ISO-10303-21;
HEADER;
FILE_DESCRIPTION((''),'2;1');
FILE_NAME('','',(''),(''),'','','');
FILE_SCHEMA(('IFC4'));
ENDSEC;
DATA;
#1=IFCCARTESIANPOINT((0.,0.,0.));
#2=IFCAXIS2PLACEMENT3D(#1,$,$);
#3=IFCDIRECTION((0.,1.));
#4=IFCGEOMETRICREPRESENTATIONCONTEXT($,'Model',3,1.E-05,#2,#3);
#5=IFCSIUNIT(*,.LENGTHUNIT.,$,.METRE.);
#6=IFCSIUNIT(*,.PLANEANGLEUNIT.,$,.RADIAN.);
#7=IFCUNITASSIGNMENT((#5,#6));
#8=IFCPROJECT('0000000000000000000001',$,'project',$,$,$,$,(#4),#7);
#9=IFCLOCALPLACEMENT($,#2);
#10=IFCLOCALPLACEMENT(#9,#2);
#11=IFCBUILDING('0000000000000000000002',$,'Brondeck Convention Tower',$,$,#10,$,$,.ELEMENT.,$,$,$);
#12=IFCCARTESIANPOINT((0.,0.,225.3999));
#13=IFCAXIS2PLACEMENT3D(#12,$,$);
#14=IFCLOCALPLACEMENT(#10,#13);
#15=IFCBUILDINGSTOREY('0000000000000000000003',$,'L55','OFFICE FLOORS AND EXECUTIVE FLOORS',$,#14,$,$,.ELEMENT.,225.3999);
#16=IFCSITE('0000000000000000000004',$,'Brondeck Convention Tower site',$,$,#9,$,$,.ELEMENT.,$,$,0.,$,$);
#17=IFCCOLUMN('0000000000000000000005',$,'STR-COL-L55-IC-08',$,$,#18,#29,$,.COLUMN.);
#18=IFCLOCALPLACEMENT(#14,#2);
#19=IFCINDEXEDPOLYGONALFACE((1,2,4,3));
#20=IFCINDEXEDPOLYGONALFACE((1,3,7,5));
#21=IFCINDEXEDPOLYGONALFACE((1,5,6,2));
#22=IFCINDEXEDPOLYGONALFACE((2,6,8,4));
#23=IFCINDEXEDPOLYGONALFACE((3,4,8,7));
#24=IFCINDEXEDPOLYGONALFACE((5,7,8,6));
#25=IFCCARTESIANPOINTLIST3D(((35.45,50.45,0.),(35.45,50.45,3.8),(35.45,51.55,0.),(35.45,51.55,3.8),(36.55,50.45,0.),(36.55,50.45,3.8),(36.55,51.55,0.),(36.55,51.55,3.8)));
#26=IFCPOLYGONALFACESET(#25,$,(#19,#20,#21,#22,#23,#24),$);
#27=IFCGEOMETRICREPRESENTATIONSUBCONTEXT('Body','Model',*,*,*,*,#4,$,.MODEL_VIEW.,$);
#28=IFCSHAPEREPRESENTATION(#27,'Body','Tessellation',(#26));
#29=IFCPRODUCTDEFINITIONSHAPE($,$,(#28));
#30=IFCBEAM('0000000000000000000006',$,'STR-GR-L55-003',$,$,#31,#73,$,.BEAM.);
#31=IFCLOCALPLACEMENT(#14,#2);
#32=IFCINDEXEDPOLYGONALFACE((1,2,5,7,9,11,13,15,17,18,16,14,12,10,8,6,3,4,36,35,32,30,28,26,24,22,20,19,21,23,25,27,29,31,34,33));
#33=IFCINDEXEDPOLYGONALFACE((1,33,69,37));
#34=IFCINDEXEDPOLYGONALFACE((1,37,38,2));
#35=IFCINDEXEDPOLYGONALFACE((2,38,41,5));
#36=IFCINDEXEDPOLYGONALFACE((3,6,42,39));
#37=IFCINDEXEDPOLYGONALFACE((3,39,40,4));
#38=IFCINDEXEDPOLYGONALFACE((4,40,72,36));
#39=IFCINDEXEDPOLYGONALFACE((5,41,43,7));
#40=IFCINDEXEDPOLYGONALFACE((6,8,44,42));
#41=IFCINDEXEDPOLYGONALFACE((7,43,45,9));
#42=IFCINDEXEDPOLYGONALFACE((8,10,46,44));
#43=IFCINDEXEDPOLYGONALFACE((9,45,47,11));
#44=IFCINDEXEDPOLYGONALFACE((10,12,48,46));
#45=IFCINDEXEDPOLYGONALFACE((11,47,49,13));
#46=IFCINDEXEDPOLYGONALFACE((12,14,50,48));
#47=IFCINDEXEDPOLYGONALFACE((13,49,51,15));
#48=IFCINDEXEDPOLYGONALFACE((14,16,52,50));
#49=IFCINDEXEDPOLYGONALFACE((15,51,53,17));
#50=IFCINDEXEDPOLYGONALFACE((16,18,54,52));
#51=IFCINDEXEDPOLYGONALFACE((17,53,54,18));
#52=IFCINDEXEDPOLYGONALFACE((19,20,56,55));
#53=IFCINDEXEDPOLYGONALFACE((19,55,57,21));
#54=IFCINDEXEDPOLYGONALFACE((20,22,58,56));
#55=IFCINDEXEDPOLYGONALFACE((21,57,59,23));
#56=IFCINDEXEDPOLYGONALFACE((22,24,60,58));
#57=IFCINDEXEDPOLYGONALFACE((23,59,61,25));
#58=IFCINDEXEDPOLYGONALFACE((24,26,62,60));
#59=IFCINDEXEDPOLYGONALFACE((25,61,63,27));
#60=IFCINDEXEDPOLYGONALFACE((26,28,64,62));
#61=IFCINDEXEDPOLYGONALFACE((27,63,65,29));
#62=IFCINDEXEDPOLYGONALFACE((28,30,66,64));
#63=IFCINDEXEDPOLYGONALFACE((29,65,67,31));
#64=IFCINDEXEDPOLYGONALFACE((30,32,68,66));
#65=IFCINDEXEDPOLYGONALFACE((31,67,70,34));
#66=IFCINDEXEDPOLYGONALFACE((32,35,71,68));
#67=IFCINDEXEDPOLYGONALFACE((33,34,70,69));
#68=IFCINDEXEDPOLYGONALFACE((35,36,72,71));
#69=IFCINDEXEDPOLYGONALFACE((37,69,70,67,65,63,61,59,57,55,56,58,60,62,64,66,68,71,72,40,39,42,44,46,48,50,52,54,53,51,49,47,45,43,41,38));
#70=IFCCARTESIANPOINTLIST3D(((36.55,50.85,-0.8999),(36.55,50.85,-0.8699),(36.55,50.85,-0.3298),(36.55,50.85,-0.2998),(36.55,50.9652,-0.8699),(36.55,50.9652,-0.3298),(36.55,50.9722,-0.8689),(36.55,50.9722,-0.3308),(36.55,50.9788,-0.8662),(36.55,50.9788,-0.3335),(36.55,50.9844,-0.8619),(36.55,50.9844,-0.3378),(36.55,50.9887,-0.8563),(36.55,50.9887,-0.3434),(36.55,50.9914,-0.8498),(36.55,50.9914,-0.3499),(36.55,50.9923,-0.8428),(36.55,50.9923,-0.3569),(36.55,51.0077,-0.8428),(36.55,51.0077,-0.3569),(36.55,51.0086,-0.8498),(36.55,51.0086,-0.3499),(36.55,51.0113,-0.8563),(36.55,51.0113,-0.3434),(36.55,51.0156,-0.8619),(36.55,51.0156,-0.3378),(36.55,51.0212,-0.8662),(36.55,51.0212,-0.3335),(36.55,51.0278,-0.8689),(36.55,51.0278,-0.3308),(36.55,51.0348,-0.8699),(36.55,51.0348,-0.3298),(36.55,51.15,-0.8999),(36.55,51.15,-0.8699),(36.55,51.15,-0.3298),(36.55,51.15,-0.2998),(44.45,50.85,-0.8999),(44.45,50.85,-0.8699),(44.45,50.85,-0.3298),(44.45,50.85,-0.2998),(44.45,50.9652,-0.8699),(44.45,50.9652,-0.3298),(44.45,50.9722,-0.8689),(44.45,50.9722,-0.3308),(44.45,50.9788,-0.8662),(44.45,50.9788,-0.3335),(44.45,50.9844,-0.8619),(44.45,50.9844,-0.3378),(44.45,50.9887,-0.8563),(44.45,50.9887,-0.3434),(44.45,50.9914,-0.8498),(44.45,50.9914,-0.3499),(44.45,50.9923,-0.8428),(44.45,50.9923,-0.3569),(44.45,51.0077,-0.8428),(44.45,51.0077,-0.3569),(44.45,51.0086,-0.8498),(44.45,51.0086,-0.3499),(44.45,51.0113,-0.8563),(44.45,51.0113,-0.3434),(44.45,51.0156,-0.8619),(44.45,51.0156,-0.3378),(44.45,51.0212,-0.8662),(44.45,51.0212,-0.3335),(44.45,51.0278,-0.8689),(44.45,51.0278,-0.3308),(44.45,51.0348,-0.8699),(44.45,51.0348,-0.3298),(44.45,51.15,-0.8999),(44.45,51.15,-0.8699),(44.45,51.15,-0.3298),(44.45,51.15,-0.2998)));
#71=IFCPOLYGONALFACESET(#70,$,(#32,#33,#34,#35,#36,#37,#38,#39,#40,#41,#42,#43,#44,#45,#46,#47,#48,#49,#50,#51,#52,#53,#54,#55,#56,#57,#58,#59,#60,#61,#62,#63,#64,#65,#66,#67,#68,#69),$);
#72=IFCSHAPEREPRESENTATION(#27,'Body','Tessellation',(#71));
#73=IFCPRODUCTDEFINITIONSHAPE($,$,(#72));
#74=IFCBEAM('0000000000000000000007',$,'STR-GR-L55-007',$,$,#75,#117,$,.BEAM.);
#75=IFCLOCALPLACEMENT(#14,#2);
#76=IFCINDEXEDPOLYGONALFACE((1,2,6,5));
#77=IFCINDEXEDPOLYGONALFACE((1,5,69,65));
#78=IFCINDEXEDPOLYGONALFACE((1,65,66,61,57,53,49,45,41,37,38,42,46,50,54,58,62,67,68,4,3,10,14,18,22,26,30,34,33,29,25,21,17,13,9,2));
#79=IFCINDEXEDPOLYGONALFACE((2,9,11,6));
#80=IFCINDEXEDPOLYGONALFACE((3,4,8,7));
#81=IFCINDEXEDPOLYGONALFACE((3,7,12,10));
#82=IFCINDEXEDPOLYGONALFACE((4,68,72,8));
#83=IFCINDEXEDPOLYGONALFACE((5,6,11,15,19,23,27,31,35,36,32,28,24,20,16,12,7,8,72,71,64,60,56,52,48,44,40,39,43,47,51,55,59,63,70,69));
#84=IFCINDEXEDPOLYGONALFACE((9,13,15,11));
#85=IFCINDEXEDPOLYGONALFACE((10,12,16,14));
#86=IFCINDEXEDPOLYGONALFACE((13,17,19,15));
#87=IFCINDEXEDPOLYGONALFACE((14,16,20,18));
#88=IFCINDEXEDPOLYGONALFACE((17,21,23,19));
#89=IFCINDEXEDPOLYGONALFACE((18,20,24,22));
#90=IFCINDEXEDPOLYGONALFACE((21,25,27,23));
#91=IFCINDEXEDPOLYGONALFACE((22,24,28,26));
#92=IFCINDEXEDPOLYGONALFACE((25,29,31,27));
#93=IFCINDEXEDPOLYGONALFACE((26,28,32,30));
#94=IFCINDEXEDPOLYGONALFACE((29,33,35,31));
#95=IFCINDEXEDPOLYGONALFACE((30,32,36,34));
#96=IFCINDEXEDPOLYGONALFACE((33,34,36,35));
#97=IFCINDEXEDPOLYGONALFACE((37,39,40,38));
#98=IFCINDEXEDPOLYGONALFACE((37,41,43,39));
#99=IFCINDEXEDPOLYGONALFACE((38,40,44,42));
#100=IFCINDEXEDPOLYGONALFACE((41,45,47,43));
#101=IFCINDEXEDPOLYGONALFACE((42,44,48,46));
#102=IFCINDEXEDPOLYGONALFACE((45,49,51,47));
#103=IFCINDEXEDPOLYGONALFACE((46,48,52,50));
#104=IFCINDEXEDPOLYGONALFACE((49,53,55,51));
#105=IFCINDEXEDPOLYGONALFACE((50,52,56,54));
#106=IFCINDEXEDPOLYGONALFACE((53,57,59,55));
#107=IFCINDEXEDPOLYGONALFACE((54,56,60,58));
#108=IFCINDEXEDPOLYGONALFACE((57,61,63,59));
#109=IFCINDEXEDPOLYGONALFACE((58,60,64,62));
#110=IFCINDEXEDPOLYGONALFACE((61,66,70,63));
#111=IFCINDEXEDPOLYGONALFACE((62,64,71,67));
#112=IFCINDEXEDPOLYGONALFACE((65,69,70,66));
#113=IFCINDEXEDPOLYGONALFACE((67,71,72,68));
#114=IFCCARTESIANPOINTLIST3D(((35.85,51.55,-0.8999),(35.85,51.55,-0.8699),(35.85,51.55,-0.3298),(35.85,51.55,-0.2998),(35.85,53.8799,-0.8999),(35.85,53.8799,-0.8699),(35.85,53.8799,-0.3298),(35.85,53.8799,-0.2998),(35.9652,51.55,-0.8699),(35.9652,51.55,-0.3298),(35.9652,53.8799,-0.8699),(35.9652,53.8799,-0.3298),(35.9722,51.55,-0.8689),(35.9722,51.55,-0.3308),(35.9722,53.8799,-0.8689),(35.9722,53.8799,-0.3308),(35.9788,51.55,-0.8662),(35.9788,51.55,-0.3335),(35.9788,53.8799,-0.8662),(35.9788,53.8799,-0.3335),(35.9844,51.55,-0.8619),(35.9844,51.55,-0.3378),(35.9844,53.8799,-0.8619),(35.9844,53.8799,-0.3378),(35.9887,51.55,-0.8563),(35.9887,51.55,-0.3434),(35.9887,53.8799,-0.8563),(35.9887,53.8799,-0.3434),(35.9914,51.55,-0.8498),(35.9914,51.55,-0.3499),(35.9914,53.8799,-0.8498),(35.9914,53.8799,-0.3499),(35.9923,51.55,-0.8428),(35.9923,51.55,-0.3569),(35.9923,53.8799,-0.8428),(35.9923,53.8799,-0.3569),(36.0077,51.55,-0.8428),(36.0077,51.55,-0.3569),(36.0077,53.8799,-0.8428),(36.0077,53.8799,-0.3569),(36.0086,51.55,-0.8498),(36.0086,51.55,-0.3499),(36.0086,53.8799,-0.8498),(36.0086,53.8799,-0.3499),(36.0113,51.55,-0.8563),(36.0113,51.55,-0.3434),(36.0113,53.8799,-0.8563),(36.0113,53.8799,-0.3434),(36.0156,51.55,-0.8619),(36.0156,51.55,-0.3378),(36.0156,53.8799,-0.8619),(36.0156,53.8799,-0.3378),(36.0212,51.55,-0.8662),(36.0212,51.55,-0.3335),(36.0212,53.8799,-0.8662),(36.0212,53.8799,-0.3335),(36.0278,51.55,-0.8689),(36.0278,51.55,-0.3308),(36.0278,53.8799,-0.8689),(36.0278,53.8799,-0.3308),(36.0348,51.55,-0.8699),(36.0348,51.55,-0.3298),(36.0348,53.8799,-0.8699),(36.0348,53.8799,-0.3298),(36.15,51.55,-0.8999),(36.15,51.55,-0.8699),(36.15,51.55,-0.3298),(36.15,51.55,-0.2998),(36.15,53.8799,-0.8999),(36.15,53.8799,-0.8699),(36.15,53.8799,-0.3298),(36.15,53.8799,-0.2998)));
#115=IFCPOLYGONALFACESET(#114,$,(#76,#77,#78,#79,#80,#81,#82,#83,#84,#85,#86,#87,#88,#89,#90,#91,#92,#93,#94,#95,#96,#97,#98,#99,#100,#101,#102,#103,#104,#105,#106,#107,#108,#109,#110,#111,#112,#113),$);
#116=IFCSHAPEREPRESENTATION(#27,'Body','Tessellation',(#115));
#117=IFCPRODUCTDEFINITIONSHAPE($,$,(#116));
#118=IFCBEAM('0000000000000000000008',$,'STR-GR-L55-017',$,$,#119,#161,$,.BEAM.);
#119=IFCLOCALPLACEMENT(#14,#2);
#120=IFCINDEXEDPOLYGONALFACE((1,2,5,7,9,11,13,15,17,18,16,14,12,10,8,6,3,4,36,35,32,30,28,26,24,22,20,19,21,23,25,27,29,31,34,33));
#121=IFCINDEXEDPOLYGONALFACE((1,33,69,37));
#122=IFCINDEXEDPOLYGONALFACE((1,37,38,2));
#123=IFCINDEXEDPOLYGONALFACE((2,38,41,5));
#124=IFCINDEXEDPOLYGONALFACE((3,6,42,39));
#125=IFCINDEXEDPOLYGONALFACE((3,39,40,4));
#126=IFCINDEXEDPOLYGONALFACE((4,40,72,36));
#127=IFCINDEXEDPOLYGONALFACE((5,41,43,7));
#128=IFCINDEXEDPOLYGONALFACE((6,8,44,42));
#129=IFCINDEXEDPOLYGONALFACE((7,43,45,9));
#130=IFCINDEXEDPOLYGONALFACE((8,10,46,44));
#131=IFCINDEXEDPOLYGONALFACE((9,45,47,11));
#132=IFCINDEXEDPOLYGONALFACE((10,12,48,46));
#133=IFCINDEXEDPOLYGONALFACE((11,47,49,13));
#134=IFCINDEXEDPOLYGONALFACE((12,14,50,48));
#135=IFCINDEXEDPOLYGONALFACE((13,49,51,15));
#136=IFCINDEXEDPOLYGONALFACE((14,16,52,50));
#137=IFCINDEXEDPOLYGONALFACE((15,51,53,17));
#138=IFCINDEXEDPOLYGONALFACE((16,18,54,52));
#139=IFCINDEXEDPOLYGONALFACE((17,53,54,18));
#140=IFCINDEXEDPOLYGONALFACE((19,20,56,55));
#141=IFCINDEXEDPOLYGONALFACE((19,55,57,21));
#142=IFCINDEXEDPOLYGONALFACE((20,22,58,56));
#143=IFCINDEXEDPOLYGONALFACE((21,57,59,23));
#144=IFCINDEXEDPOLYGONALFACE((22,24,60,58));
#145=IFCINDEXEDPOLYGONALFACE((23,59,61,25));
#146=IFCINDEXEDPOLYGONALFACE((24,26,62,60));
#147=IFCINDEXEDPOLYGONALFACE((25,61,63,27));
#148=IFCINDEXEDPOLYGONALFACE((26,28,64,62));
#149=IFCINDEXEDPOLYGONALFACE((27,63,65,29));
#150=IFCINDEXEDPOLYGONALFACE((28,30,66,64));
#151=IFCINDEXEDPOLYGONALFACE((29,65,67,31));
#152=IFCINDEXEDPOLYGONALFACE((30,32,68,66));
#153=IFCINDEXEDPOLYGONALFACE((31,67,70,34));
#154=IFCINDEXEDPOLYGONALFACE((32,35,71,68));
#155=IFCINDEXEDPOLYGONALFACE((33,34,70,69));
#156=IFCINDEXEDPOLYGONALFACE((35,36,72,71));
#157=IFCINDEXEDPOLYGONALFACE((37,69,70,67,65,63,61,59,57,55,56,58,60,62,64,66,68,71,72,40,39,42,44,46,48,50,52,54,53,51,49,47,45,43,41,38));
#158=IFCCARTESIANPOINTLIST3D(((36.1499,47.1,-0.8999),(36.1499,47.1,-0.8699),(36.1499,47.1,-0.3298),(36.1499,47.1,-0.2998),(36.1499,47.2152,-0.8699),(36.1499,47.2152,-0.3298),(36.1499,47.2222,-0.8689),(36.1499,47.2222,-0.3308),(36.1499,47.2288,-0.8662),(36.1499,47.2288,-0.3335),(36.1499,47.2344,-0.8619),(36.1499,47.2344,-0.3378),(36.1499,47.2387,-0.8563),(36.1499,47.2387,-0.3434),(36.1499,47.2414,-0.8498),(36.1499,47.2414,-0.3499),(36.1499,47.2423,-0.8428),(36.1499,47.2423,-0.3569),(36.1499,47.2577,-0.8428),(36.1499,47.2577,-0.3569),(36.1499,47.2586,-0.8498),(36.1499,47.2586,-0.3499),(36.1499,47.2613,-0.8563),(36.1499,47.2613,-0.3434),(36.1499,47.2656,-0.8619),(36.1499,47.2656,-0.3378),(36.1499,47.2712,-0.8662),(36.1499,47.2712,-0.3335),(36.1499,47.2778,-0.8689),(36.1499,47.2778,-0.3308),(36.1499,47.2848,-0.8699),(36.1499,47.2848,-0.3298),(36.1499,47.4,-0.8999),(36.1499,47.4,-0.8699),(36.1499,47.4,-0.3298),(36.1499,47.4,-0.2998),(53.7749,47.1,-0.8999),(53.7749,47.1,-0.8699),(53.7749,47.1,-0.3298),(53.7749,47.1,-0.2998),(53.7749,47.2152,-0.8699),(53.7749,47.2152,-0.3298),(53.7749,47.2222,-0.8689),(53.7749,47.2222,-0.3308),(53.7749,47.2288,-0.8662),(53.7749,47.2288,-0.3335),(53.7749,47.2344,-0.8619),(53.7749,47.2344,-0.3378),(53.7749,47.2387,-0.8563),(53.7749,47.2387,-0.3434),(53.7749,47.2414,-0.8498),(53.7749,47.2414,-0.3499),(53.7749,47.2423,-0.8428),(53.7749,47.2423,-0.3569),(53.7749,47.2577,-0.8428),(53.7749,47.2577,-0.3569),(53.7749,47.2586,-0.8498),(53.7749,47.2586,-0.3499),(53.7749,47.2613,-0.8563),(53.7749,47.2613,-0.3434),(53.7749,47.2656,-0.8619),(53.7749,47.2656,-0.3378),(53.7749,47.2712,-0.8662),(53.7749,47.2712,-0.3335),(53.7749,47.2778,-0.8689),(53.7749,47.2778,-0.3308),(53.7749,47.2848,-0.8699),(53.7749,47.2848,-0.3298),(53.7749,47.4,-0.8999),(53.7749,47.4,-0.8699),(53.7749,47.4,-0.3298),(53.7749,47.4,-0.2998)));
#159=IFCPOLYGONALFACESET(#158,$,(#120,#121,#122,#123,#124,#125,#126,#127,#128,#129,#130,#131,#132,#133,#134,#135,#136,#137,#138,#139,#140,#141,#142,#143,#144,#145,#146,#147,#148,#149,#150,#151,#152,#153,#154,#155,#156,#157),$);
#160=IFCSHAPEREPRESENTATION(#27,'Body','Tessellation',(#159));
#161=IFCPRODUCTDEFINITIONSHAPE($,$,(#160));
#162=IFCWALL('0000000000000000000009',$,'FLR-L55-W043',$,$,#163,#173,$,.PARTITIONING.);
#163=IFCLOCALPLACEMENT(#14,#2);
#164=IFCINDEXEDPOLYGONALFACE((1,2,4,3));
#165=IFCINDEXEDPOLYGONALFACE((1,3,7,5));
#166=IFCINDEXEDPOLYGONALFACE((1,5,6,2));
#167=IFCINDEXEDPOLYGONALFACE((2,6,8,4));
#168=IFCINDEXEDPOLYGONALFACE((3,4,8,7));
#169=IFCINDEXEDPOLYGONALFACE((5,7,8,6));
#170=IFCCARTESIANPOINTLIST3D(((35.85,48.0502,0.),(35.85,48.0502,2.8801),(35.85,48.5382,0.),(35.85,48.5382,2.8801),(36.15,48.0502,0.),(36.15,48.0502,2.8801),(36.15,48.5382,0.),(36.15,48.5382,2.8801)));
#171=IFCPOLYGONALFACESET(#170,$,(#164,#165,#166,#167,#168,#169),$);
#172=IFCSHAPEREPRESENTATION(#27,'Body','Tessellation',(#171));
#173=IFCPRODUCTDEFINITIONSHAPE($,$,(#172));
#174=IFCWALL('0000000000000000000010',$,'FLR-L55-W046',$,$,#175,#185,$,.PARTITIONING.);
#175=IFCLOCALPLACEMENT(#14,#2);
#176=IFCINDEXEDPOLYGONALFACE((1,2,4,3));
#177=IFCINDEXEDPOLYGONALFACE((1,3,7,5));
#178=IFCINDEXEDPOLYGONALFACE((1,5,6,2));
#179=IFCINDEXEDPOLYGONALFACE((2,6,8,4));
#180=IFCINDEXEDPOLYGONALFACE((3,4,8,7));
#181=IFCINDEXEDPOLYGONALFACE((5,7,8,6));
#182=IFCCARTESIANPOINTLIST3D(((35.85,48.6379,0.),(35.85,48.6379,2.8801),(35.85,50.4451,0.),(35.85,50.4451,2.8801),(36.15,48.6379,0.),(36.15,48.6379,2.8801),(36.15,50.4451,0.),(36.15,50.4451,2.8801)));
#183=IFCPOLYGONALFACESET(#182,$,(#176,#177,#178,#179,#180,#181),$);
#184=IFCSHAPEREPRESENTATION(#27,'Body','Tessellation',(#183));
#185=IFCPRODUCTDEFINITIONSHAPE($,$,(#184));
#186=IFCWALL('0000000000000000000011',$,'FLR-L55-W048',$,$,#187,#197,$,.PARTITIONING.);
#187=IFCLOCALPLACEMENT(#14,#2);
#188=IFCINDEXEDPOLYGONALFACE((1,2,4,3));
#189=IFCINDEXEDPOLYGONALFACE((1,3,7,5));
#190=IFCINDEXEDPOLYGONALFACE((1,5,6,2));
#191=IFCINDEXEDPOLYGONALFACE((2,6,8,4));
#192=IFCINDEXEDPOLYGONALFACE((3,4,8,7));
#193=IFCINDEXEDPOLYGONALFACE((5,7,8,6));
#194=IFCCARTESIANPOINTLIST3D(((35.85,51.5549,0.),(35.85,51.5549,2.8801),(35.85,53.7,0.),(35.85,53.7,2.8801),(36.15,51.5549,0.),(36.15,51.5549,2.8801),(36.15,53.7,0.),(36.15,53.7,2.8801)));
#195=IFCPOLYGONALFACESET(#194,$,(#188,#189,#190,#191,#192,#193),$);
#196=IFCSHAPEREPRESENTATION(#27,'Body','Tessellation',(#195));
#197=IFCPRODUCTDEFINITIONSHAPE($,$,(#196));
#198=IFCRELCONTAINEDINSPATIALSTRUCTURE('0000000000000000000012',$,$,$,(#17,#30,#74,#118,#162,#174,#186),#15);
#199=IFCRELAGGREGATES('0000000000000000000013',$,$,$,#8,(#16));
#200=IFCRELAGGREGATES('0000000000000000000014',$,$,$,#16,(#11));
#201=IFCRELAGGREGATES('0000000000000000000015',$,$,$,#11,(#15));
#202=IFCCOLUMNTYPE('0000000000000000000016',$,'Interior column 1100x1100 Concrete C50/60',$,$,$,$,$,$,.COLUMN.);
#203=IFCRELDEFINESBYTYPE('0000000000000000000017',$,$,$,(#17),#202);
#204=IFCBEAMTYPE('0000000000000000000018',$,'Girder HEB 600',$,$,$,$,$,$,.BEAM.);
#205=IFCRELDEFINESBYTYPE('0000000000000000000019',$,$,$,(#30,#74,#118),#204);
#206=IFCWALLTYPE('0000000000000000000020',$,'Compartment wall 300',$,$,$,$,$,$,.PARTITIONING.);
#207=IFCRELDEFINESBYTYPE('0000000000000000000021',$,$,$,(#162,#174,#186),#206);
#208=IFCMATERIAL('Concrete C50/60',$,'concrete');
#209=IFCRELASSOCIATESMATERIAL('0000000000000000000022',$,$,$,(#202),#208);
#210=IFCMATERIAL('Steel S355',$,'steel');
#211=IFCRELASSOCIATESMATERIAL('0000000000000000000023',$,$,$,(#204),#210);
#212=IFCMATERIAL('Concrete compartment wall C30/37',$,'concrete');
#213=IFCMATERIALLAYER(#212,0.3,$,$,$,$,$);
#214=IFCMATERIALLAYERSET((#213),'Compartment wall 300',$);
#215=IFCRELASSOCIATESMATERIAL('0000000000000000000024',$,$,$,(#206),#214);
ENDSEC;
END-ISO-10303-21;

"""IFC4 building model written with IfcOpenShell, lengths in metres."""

from ifc_helpers import new_model, si_unit, direction, frame, frame_2d, origin, origin_2d, place, context, subcontext, project, spatial, rectangle, i_section, extrude, material, layer, layer_set, material_profile, profile_set, type_object, element, save


model = new_model("IFC4")

# Units and contexts
model_context = context("Model", 3, precision=1e-05, world=origin(), true_north=direction((0.0, 1.0)))
body_context = subcontext(model_context, "Body", "Model", "MODEL_VIEW")
ifc_project = project(units=[si_unit("LENGTHUNIT", "METRE"), si_unit("PLANEANGLEUNIT", "RADIAN")], contexts=[model_context])

# Site, building, storey
site_placement = place(None, origin())
site = spatial("IfcSite", under=ifc_project, at=site_placement, Name="Brondeck Convention Tower site", CompositionType="ELEMENT", RefElevation=0.0)
building_placement = place(site_placement, origin())
building = spatial("IfcBuilding", under=site, at=building_placement, Name="Brondeck Convention Tower", CompositionType="ELEMENT")
storey_placement = place(building_placement, frame((0.0, 0.0, 225.3999)))
storey = spatial("IfcBuildingStorey", under=building, at=storey_placement, Name="L55", Description="OFFICE FLOORS AND EXECUTIVE FLOORS", CompositionType="ELEMENT", Elevation=225.3999)

# Column
ifc_material_1 = material(Name="Concrete C50/60", Category="concrete")
ifc_material_profile_1 = material_profile(ifc_material_1, rectangle(XDim=1.1001, YDim=1.1001, at=origin_2d()), Name="Interior column 1100x1100 Concrete C50/60")
ifc_profile_set_1 = profile_set([ifc_material_profile_1], Name="Concrete C50/60")
column_type = type_object("IfcColumnType", Name="Interior column 1100x1100 Concrete C50/60", PredefinedType="COLUMN", material=ifc_profile_set_1)
column_placement = place(storey_placement, frame((36.0, 51.0, 0.0), z_axis=(0.0, 0.0, 1.0), x_axis=(1.0, 0.0, 0.0)))
element("IfcColumn", 1, at=column_placement, inside=storey, type_object=column_type, Name="STR-COL-L55-IC-08", PredefinedType="COLUMN", context=body_context, shape_type="SweptSolid", body=[
    extrude(rectangle(XDim=1.1001, YDim=1.1001, at=origin_2d()), origin(), (0.0, 0.0, 1.0), 3.8),
])

# Beams
ifc_material_2 = material(Name="Steel S355", Category="steel")
ifc_material_profile_2 = material_profile(ifc_material_2, i_section(OverallWidth=0.3, OverallDepth=0.6001, WebThickness=0.0154, FlangeThickness=0.03, FilletRadius=0.0271, at=origin_2d()), Name="HEB 600")
ifc_profile_set_2 = profile_set([ifc_material_profile_2], Name="Steel S355")
beam_type = type_object("IfcBeamType", Name="Girder HEB 600", PredefinedType="BEAM", material=ifc_profile_set_2)
beam_1_placement = place(storey_placement, frame((36.55, 51.0, -0.5999), z_axis=(1.0, 0.0, 0.0), x_axis=(0.0, 1.0, 0.0)))
element("IfcBeam", 2, at=beam_1_placement, inside=storey, type_object=beam_type, Name="STR-GR-L55-003", PredefinedType="BEAM", context=body_context, shape_type="SweptSolid", body=[
    extrude(i_section(OverallWidth=0.3, OverallDepth=0.6001, WebThickness=0.0154, FlangeThickness=0.03, FilletRadius=0.0271, at=origin_2d()), origin(), (0.0, 0.0, 1.0), 7.8999),
])
beam_2_placement = place(storey_placement, frame((36.0, 51.55, -0.5999), z_axis=(0.0, 1.0, 0.0), x_axis=(-1.0, 0.0, 0.0)))
element("IfcBeam", 3, at=beam_2_placement, inside=storey, type_object=beam_type, Name="STR-GR-L55-007", PredefinedType="BEAM", context=body_context, shape_type="SweptSolid", body=[
    extrude(i_section(OverallWidth=0.3, OverallDepth=0.6001, WebThickness=0.0154, FlangeThickness=0.03, FilletRadius=0.0271, at=origin_2d()), origin(), (0.0, 0.0, 1.0), 2.3298),
])
beam_3_placement = place(storey_placement, frame((36.1499, 47.25, -0.5999), z_axis=(1.0, 0.0, 0.0), x_axis=(0.0, 1.0, 0.0)))
element("IfcBeam", 4, at=beam_3_placement, inside=storey, type_object=beam_type, Name="STR-GR-L55-017", PredefinedType="BEAM", context=body_context, shape_type="SweptSolid", body=[
    extrude(i_section(OverallWidth=0.3, OverallDepth=0.6001, WebThickness=0.0154, FlangeThickness=0.03, FilletRadius=0.0271, at=origin_2d()), origin(), (0.0, 0.0, 1.0), 17.625),
])

# Walls
ifc_material_3 = material(Name="Concrete compartment wall C30/37", Category="concrete")
ifc_layer_1 = layer(ifc_material_3, 0.3)
ifc_layer_set_1 = layer_set([ifc_layer_1], Name="Compartment wall 300")
wall_type_1 = type_object("IfcWallType", Name="Compartment wall 300", PredefinedType="PARTITIONING", material=ifc_layer_set_1)
wall_1_placement = place(storey_placement, frame((36.0, 48.05, 0.0), z_axis=(0.0, 0.0, 1.0), x_axis=(0.0, 1.0, 0.0)))
element("IfcWall", 5, at=wall_1_placement, inside=storey, type_object=wall_type_1, Name="FLR-L55-W043", PredefinedType="PARTITIONING", context=body_context, shape_type="SweptSolid", body=[
    extrude(rectangle(XDim=0.488, YDim=0.3, at=frame_2d((0.2441, 0.0))), origin(), (0.0, 0.0, 1.0), 2.8801),
])
wall_2_placement = place(storey_placement, frame((36.0, 48.6379, 0.0), z_axis=(0.0, 0.0, 1.0), x_axis=(0.0, 1.0, 0.0)))
element("IfcWall", 6, at=wall_2_placement, inside=storey, type_object=wall_type_1, Name="FLR-L55-W046", PredefinedType="PARTITIONING", context=body_context, shape_type="SweptSolid", body=[
    extrude(rectangle(XDim=1.8071, YDim=0.3, at=frame_2d((0.9036, 0.0))), origin(), (0.0, 0.0, 1.0), 2.8801),
])
wall_3_placement = place(storey_placement, frame((36.0, 51.5549, 0.0), z_axis=(0.0, 0.0, 1.0), x_axis=(0.0, 1.0, 0.0)))
element("IfcWall", 7, at=wall_3_placement, inside=storey, type_object=wall_type_1, Name="FLR-L55-W048", PredefinedType="PARTITIONING", context=body_context, shape_type="SweptSolid", body=[
    extrude(rectangle(XDim=2.145, YDim=0.3, at=frame_2d((1.0725, 0.0))), origin(), (0.0, 0.0, 1.0), 2.8801),
])

save(model, "model.ifc")
